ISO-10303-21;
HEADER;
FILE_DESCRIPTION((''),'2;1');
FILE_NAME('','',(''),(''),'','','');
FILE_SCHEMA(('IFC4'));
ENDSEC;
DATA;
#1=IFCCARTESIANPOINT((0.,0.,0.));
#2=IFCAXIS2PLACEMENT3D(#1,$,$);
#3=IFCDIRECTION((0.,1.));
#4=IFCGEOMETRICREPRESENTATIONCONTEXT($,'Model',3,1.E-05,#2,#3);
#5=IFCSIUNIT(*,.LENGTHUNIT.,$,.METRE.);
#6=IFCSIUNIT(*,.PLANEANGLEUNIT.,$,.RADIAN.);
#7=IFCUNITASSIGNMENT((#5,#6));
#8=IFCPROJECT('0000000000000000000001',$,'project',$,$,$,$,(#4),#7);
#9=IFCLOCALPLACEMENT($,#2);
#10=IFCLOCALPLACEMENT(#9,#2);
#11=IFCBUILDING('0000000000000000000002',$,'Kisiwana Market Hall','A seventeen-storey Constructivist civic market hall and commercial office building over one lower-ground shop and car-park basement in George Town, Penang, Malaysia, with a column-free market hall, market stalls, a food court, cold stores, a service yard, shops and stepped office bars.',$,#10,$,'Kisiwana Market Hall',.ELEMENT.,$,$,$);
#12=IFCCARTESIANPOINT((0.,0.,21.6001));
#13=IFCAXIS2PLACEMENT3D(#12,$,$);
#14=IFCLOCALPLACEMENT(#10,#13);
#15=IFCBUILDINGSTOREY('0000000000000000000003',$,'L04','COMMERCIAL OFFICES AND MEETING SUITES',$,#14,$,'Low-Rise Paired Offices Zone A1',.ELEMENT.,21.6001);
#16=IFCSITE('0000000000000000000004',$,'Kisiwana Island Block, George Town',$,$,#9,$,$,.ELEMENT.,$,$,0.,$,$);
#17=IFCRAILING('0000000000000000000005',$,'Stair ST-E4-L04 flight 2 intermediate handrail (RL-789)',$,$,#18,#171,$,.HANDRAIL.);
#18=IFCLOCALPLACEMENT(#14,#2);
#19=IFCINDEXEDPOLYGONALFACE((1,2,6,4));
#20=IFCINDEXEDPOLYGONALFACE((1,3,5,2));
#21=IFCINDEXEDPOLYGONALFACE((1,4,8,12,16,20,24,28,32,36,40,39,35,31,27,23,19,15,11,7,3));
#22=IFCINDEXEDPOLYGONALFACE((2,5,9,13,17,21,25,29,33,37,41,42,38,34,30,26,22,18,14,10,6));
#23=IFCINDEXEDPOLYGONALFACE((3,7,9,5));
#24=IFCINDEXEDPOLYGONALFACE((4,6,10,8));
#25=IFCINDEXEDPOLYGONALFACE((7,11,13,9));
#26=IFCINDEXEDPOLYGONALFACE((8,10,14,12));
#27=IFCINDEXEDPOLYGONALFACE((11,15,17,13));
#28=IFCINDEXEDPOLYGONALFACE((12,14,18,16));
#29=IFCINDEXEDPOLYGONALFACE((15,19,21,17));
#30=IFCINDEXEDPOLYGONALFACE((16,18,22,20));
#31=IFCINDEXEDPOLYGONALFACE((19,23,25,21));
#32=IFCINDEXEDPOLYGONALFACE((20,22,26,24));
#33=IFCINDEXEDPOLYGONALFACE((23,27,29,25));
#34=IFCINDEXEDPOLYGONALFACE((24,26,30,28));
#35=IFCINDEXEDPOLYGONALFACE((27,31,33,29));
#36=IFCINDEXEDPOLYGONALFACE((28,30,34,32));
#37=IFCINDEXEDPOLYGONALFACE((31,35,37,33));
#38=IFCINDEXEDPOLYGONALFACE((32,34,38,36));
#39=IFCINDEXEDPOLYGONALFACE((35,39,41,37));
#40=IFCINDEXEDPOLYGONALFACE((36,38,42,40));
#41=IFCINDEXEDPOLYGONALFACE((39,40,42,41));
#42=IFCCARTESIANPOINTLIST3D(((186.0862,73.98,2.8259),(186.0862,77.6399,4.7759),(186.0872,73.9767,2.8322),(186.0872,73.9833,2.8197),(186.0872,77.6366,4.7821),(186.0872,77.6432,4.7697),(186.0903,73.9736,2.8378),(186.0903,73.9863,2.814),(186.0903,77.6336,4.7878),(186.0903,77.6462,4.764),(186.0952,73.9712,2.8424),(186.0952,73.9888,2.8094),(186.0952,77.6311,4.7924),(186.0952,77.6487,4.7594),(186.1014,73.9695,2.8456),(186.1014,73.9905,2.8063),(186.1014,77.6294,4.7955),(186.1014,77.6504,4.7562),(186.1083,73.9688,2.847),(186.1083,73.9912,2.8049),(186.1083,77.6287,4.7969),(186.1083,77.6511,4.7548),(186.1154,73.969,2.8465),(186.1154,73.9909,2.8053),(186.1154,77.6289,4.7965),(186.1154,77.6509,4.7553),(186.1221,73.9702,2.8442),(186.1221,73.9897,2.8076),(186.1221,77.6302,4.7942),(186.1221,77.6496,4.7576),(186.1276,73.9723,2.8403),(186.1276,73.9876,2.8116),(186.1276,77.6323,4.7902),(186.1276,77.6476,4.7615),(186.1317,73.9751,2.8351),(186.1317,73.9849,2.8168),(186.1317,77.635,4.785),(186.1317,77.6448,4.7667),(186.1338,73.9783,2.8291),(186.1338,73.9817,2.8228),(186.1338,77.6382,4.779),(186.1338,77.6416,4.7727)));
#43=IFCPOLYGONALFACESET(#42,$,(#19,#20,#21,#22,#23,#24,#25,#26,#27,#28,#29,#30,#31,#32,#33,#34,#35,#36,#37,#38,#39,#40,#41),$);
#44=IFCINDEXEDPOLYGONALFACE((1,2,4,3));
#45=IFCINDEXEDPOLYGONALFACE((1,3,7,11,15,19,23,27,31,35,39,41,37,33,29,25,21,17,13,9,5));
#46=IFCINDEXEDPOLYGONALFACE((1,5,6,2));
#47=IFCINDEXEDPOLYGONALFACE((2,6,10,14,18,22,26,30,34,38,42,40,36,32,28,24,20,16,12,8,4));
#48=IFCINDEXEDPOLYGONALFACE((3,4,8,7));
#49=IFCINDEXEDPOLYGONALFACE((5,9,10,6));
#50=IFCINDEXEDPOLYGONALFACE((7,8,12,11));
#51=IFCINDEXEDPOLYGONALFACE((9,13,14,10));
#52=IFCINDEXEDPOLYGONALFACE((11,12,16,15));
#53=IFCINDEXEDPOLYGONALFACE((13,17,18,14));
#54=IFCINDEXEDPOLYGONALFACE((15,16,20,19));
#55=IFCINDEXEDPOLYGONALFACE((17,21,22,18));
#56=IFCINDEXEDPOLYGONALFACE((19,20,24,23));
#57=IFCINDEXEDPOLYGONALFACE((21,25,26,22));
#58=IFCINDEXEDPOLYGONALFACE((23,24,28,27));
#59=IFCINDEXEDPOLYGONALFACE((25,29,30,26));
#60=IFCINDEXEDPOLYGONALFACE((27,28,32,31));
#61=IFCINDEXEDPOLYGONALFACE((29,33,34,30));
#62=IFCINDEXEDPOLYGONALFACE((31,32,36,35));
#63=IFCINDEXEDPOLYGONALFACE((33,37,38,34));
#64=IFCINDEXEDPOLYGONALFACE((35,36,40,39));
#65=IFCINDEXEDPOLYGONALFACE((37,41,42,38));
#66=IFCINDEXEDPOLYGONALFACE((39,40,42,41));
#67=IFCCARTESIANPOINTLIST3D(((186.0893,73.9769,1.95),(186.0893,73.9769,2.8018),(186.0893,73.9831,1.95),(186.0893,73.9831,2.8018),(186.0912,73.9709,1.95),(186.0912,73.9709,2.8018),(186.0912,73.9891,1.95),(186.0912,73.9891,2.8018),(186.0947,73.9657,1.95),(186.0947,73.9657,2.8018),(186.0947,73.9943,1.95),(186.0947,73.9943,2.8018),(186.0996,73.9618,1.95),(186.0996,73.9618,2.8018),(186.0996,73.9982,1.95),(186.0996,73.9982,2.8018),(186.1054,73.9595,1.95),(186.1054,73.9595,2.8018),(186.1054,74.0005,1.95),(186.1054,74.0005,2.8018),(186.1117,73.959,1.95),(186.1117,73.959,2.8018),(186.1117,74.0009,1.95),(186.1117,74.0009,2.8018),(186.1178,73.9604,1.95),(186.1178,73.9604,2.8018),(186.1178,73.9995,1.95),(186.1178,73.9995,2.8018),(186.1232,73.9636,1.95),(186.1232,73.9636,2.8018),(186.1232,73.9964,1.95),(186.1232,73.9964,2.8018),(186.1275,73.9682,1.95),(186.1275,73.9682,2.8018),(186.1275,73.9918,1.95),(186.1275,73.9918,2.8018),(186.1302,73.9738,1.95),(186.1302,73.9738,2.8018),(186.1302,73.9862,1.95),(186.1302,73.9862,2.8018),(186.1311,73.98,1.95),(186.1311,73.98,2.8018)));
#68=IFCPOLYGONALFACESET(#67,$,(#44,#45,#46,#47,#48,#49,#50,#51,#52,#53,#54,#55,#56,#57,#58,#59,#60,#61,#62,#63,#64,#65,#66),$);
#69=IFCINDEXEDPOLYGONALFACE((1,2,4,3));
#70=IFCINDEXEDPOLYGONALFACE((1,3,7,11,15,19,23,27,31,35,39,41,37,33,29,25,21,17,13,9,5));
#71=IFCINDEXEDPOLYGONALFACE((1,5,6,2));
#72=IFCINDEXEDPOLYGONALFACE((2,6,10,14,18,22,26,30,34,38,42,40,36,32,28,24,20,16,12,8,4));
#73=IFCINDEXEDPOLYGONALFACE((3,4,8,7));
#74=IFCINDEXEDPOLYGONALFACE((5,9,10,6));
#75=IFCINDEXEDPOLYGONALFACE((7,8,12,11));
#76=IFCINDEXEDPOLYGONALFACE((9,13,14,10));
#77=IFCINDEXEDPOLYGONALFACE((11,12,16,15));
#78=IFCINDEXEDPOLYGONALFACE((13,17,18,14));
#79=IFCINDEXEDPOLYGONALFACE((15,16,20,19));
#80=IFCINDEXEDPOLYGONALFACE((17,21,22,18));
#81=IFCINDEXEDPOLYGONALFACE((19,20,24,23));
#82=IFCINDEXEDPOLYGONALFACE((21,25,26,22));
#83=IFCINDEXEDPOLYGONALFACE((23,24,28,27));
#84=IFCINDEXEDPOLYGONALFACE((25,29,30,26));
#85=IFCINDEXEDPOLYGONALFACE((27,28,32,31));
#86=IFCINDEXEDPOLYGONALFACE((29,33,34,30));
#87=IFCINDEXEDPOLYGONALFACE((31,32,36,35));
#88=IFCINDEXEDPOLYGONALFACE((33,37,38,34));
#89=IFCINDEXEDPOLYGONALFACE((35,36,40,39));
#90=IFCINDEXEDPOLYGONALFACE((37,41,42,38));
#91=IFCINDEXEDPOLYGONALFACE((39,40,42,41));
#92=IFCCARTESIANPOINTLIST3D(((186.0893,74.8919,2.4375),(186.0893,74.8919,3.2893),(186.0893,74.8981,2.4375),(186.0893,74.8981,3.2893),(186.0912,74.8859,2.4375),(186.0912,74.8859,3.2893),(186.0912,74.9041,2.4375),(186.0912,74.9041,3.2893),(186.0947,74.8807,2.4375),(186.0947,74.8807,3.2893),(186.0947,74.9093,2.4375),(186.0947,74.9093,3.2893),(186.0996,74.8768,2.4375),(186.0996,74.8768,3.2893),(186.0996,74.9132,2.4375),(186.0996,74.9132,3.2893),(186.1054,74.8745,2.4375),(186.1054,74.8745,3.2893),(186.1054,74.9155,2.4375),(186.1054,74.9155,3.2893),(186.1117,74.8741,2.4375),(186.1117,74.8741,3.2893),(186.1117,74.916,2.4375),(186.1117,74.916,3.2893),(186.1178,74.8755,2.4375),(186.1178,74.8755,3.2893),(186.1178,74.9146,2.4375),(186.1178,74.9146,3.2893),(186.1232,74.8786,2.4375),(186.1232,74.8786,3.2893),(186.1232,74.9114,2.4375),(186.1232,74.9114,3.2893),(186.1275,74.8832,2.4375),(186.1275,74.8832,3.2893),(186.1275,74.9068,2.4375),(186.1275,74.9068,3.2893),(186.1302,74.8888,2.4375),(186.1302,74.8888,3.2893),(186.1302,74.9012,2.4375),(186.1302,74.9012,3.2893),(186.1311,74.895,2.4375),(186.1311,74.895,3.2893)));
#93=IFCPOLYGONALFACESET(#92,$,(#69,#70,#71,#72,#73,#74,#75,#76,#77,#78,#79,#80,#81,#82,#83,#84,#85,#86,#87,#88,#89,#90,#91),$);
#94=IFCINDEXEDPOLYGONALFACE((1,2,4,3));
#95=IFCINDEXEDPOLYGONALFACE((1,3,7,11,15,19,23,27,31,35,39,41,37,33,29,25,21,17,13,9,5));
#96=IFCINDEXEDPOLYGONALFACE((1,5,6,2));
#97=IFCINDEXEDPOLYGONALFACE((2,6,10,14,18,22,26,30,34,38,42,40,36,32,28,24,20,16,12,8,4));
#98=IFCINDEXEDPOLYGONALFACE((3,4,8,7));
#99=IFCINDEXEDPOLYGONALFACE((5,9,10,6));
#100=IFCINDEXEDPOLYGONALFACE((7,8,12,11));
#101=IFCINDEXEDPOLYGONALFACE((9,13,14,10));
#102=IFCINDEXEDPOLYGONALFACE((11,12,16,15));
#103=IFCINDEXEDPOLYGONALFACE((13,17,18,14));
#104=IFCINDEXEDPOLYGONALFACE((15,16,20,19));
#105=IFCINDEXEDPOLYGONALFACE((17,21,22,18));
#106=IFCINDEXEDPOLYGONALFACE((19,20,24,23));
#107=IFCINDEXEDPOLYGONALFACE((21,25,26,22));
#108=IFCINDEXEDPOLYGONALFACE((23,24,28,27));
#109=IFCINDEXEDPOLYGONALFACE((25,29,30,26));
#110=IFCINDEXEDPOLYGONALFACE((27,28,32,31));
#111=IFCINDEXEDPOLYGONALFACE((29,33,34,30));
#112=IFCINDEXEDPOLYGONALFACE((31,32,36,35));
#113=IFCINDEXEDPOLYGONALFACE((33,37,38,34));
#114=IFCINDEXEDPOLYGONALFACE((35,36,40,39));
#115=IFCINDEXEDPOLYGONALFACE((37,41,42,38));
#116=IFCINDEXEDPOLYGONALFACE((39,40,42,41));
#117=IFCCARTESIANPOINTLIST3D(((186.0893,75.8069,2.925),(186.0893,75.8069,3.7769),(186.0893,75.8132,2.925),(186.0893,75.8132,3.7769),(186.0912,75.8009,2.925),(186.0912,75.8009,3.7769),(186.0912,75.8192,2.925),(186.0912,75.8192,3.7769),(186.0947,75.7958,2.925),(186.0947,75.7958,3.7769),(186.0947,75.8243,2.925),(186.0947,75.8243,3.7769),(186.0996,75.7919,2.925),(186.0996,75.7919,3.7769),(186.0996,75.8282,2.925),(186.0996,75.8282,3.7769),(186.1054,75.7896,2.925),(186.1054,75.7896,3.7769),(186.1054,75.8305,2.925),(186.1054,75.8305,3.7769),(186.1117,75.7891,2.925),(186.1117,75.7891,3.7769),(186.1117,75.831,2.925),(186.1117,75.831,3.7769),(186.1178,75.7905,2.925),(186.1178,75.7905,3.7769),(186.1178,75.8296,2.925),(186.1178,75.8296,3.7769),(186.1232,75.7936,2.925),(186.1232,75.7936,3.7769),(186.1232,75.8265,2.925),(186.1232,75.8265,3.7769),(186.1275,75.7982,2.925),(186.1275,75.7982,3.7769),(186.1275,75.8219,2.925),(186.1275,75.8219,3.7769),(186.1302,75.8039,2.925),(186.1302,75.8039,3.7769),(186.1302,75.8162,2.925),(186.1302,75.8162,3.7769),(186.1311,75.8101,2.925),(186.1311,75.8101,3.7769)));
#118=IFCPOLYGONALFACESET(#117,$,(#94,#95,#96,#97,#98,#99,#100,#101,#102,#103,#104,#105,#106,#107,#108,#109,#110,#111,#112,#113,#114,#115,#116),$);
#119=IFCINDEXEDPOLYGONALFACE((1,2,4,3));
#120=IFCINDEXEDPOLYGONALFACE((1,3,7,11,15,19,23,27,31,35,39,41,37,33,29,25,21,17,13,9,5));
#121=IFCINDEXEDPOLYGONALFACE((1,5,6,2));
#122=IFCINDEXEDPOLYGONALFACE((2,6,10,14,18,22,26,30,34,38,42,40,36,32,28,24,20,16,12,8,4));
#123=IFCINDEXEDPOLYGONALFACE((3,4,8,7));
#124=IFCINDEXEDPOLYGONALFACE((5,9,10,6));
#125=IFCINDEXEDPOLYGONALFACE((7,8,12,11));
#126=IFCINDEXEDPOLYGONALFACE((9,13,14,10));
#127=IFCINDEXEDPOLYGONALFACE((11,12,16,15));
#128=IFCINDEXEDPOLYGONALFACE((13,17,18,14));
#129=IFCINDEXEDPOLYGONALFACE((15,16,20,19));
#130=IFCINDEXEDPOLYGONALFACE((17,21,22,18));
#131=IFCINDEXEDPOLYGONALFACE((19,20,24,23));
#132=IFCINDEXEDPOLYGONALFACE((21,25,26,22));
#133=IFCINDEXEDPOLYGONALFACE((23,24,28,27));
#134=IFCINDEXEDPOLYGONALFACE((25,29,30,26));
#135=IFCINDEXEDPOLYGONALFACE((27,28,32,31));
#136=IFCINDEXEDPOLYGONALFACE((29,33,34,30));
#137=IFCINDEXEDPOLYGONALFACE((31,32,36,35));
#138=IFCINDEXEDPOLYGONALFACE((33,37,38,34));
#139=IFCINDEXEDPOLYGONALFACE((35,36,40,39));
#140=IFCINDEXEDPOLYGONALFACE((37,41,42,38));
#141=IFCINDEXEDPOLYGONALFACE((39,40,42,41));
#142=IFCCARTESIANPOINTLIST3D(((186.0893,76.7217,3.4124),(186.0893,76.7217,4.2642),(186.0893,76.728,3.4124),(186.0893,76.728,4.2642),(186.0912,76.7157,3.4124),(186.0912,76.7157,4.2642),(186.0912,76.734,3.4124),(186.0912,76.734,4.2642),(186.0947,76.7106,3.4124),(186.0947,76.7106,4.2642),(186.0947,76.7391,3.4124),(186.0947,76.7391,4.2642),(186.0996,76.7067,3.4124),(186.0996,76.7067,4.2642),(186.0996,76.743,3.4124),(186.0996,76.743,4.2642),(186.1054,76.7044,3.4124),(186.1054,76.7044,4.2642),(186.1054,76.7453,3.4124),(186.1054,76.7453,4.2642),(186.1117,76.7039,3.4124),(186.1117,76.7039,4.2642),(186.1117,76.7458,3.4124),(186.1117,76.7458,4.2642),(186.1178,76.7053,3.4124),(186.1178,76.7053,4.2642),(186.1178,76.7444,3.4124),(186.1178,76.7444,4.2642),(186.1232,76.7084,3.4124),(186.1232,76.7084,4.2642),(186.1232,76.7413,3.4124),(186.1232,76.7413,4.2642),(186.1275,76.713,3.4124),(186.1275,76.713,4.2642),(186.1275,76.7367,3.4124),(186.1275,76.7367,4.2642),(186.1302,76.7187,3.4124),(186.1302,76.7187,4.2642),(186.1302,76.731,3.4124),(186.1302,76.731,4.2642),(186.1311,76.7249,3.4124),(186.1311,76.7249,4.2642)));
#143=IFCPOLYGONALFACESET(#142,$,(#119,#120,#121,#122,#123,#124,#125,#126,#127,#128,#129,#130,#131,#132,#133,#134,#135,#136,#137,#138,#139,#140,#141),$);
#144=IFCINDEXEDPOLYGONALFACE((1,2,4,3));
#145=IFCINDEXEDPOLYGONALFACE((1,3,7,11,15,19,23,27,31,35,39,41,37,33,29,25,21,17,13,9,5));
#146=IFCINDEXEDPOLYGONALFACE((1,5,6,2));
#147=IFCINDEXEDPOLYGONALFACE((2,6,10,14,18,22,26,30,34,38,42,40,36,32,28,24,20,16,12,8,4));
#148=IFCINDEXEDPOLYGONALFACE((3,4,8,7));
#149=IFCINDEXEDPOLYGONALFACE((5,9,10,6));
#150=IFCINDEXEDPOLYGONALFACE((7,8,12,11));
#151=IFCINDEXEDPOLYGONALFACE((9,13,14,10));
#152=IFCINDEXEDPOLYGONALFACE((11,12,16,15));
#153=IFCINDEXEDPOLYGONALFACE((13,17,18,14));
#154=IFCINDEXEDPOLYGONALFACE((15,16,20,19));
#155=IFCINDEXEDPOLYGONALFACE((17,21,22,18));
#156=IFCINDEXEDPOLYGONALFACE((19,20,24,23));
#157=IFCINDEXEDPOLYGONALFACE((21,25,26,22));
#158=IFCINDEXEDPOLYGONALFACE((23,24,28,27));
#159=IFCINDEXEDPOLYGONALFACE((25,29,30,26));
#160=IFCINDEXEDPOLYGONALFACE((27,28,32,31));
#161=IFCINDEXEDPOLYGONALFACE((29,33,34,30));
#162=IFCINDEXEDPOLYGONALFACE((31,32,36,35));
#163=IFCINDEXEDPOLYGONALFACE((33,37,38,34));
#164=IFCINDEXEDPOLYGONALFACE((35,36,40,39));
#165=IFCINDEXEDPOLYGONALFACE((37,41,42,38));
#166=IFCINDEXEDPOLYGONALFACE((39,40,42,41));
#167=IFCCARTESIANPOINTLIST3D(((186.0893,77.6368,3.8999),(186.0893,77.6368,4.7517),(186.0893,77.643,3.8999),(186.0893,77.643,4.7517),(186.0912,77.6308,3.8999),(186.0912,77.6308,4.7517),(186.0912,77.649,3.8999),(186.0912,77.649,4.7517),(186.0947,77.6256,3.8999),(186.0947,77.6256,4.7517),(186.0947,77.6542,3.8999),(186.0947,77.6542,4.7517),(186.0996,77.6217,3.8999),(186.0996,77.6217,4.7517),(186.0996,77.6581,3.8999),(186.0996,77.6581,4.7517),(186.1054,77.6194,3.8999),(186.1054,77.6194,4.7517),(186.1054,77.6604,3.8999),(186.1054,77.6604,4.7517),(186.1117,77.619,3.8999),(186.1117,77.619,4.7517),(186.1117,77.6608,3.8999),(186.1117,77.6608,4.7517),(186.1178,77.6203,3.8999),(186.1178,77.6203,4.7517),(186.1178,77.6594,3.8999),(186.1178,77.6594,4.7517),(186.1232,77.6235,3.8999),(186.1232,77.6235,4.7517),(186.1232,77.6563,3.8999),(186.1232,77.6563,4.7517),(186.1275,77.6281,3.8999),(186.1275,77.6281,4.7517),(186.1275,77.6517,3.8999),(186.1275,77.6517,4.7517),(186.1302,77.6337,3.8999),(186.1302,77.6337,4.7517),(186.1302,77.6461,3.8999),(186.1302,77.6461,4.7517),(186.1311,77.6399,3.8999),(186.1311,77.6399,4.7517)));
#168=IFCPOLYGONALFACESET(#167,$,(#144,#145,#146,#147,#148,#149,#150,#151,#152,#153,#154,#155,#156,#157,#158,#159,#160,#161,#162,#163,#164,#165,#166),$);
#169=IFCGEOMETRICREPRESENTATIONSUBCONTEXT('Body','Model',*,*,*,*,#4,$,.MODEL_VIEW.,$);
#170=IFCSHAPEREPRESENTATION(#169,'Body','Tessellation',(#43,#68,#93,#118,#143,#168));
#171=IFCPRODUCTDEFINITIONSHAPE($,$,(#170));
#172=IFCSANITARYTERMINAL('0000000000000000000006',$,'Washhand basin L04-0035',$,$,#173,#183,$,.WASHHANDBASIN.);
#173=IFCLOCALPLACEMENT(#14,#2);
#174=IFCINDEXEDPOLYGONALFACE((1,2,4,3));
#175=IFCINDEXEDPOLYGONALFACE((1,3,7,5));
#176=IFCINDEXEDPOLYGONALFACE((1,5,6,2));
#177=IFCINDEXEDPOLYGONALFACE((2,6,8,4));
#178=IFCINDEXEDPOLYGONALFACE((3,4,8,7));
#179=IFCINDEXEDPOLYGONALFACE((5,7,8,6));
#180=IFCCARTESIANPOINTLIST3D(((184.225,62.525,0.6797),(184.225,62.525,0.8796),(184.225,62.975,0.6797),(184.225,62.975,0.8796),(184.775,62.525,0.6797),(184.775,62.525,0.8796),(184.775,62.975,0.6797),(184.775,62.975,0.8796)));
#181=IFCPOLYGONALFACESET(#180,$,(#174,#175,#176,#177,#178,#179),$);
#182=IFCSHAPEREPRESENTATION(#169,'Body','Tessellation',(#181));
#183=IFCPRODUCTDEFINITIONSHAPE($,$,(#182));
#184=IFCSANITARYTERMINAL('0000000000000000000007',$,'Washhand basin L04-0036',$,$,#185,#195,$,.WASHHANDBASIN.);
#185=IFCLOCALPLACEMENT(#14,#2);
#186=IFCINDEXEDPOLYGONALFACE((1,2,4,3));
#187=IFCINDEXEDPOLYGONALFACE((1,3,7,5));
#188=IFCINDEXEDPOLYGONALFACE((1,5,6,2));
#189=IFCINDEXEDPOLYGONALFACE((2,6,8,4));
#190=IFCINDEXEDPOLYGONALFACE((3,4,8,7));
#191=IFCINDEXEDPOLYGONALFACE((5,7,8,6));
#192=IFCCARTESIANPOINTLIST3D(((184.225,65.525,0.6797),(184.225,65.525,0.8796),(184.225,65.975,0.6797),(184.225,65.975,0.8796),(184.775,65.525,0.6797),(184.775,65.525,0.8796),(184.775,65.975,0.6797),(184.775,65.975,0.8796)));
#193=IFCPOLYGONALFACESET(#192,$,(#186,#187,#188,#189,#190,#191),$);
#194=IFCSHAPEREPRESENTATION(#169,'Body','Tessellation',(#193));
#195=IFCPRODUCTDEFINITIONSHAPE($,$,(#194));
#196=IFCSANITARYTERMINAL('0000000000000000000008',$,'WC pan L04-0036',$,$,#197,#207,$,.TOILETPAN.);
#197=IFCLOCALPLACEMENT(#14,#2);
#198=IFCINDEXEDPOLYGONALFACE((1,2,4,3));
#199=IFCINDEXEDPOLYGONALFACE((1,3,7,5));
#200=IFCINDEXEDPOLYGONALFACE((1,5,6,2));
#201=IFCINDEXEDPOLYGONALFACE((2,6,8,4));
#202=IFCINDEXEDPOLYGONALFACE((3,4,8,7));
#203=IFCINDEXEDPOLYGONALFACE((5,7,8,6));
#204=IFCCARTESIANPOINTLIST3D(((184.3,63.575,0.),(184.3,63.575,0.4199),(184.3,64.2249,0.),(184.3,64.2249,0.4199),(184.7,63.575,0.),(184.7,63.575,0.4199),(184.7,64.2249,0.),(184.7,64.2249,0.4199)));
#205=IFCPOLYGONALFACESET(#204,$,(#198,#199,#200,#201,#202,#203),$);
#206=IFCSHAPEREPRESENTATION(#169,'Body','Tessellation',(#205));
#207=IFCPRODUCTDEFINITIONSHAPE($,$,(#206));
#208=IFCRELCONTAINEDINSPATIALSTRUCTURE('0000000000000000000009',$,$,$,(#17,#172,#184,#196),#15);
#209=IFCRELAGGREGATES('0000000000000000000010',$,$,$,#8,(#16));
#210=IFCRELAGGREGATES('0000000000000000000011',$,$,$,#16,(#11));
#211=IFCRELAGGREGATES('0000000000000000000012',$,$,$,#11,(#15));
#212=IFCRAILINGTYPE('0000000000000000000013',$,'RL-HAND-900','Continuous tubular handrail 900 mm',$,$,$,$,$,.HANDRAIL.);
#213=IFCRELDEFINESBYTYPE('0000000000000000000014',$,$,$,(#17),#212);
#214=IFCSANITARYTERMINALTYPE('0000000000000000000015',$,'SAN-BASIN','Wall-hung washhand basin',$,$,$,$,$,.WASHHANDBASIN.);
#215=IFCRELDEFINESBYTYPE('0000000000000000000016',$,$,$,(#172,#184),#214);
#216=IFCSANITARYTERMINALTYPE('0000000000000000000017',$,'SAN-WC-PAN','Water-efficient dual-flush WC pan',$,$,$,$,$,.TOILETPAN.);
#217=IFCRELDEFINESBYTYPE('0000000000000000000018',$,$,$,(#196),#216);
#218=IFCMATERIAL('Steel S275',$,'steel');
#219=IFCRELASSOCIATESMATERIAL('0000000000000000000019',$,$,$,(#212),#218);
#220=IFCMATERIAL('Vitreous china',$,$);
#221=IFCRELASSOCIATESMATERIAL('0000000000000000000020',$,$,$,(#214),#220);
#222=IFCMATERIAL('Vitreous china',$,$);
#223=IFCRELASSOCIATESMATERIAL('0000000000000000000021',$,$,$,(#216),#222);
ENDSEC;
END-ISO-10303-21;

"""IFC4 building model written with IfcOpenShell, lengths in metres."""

from ifc_helpers import new_model, si_unit, direction, frame, origin, origin_2d, place, context, subcontext, project, spatial, rectangle, circle, extrude, material, type_object, element, save


model = new_model("IFC4")

# Units and contexts
model_context = context("Model", 3, precision=1e-05, world=origin(), true_north=direction((0.0, 1.0)))
body_context = subcontext(model_context, "Body", "Model", "MODEL_VIEW")
ifc_project = project(units=[si_unit("LENGTHUNIT", "METRE"), si_unit("PLANEANGLEUNIT", "RADIAN")], contexts=[model_context])

# Site, building, storey
site_placement = place(None, origin())
site = spatial("IfcSite", under=ifc_project, at=site_placement, Name="Kisiwana Island Block, George Town", CompositionType="ELEMENT", RefElevation=0.0)
building_placement = place(site_placement, origin())
building = spatial("IfcBuilding", under=site, at=building_placement, Name="Kisiwana Market Hall", Description="A seventeen-storey Constructivist civic market hall and commercial office building over one lower-ground shop and car-park basement in George Town, Penang, Malaysia, with a column-free market hall, market stalls, a food court, cold stores, a service yard, shops and stepped office bars.", LongName="Kisiwana Market Hall", CompositionType="ELEMENT")
storey_placement = place(building_placement, frame((0.0, 0.0, 21.6001)))
storey = spatial("IfcBuildingStorey", under=building, at=storey_placement, Name="L04", Description="COMMERCIAL OFFICES AND MEETING SUITES", LongName="Low-Rise Paired Offices Zone A1", CompositionType="ELEMENT", Elevation=21.6001)

# Railing
ifc_material_1 = material(Name="Steel S275", Category="steel")
railing_type = type_object("IfcRailingType", Name="RL-HAND-900", Description="Continuous tubular handrail 900 mm", PredefinedType="HANDRAIL", material=ifc_material_1)
for number, where, name in (
    (1, (186.1101, 73.98, 1.95), "Stair ST-E4-L04 flight 2 intermediate handrail (RL-789)"),
):
    element("IfcRailing", number, at=place(storey_placement, frame(where)), inside=storey, type_object=railing_type, Name=name, PredefinedType="HANDRAIL", context=body_context, shape_type="SweptSolid", body=[
        extrude(circle(Radius=0.0239, at=origin_2d()), frame((0.0, 0.0, 0.876), z_axis=(0.0, 0.882553, 0.470212), x_axis=(-1.0, 0.0, 0.0)), (0.0, 0.0, 1.0), 4.147),
        extrude(circle(Radius=0.021, at=origin_2d()), origin(), (0.0, 0.0, 1.0), 0.8518),
        extrude(circle(Radius=0.021, at=origin_2d()), frame((0.0, 0.915, 0.4875)), (0.0, 0.0, 1.0), 0.8518),
        extrude(circle(Radius=0.021, at=origin_2d()), frame((0.0, 1.8301, 0.9751)), (0.0, 0.0, 1.0), 0.8518),
        extrude(circle(Radius=0.021, at=origin_2d()), frame((0.0, 2.7449, 1.4624)), (0.0, 0.0, 1.0), 0.8518),
        extrude(circle(Radius=0.021, at=origin_2d()), frame((0.0, 3.6599, 1.95)), (0.0, 0.0, 1.0), 0.8518),
    ])

# Sanitary terminals
ifc_material_2 = material(Name="Vitreous china")
sanitary_terminal_type_1 = type_object("IfcSanitaryTerminalType", Name="SAN-BASIN", Description="Wall-hung washhand basin", PredefinedType="WASHHANDBASIN", material=ifc_material_2)
for number, where, z_axis, x_axis, name in (
    (2, (184.5, 62.75, 0.6797), (0.0, 0.0, 1.0), (1.0, 0.0, 0.0), "Washhand basin L04-0035"),
    (3, (184.5, 65.75, 0.6797), (0.0, 0.0, 1.0), (1.0, 0.0, 0.0), "Washhand basin L04-0036"),
):
    element("IfcSanitaryTerminal", number, at=place(storey_placement, frame(where, z_axis=z_axis, x_axis=x_axis)), inside=storey, type_object=sanitary_terminal_type_1, Name=name, PredefinedType="WASHHANDBASIN", context=body_context, shape_type="SweptSolid", body=[
        extrude(rectangle(XDim=0.55, YDim=0.45, at=origin_2d()), origin(), (0.0, 0.0, 1.0), 0.2),
    ])
ifc_material_3 = material(Name="Vitreous china")
sanitary_terminal_type_2 = type_object("IfcSanitaryTerminalType", Name="SAN-WC-PAN", Description="Water-efficient dual-flush WC pan", PredefinedType="TOILETPAN", material=ifc_material_3)
sanitary_terminal_placement = place(storey_placement, frame((184.5, 63.8999, 0.0), z_axis=(0.0, 0.0, 1.0), x_axis=(1.0, 0.0, 0.0)))
element("IfcSanitaryTerminal", 4, at=sanitary_terminal_placement, inside=storey, type_object=sanitary_terminal_type_2, Name="WC pan L04-0036", PredefinedType="TOILETPAN", context=body_context, shape_type="SweptSolid", body=[
    extrude(rectangle(XDim=0.3999, YDim=0.6499, at=origin_2d()), origin(), (0.0, 0.0, 1.0), 0.4199),
])

save(model, "model.ifc")
